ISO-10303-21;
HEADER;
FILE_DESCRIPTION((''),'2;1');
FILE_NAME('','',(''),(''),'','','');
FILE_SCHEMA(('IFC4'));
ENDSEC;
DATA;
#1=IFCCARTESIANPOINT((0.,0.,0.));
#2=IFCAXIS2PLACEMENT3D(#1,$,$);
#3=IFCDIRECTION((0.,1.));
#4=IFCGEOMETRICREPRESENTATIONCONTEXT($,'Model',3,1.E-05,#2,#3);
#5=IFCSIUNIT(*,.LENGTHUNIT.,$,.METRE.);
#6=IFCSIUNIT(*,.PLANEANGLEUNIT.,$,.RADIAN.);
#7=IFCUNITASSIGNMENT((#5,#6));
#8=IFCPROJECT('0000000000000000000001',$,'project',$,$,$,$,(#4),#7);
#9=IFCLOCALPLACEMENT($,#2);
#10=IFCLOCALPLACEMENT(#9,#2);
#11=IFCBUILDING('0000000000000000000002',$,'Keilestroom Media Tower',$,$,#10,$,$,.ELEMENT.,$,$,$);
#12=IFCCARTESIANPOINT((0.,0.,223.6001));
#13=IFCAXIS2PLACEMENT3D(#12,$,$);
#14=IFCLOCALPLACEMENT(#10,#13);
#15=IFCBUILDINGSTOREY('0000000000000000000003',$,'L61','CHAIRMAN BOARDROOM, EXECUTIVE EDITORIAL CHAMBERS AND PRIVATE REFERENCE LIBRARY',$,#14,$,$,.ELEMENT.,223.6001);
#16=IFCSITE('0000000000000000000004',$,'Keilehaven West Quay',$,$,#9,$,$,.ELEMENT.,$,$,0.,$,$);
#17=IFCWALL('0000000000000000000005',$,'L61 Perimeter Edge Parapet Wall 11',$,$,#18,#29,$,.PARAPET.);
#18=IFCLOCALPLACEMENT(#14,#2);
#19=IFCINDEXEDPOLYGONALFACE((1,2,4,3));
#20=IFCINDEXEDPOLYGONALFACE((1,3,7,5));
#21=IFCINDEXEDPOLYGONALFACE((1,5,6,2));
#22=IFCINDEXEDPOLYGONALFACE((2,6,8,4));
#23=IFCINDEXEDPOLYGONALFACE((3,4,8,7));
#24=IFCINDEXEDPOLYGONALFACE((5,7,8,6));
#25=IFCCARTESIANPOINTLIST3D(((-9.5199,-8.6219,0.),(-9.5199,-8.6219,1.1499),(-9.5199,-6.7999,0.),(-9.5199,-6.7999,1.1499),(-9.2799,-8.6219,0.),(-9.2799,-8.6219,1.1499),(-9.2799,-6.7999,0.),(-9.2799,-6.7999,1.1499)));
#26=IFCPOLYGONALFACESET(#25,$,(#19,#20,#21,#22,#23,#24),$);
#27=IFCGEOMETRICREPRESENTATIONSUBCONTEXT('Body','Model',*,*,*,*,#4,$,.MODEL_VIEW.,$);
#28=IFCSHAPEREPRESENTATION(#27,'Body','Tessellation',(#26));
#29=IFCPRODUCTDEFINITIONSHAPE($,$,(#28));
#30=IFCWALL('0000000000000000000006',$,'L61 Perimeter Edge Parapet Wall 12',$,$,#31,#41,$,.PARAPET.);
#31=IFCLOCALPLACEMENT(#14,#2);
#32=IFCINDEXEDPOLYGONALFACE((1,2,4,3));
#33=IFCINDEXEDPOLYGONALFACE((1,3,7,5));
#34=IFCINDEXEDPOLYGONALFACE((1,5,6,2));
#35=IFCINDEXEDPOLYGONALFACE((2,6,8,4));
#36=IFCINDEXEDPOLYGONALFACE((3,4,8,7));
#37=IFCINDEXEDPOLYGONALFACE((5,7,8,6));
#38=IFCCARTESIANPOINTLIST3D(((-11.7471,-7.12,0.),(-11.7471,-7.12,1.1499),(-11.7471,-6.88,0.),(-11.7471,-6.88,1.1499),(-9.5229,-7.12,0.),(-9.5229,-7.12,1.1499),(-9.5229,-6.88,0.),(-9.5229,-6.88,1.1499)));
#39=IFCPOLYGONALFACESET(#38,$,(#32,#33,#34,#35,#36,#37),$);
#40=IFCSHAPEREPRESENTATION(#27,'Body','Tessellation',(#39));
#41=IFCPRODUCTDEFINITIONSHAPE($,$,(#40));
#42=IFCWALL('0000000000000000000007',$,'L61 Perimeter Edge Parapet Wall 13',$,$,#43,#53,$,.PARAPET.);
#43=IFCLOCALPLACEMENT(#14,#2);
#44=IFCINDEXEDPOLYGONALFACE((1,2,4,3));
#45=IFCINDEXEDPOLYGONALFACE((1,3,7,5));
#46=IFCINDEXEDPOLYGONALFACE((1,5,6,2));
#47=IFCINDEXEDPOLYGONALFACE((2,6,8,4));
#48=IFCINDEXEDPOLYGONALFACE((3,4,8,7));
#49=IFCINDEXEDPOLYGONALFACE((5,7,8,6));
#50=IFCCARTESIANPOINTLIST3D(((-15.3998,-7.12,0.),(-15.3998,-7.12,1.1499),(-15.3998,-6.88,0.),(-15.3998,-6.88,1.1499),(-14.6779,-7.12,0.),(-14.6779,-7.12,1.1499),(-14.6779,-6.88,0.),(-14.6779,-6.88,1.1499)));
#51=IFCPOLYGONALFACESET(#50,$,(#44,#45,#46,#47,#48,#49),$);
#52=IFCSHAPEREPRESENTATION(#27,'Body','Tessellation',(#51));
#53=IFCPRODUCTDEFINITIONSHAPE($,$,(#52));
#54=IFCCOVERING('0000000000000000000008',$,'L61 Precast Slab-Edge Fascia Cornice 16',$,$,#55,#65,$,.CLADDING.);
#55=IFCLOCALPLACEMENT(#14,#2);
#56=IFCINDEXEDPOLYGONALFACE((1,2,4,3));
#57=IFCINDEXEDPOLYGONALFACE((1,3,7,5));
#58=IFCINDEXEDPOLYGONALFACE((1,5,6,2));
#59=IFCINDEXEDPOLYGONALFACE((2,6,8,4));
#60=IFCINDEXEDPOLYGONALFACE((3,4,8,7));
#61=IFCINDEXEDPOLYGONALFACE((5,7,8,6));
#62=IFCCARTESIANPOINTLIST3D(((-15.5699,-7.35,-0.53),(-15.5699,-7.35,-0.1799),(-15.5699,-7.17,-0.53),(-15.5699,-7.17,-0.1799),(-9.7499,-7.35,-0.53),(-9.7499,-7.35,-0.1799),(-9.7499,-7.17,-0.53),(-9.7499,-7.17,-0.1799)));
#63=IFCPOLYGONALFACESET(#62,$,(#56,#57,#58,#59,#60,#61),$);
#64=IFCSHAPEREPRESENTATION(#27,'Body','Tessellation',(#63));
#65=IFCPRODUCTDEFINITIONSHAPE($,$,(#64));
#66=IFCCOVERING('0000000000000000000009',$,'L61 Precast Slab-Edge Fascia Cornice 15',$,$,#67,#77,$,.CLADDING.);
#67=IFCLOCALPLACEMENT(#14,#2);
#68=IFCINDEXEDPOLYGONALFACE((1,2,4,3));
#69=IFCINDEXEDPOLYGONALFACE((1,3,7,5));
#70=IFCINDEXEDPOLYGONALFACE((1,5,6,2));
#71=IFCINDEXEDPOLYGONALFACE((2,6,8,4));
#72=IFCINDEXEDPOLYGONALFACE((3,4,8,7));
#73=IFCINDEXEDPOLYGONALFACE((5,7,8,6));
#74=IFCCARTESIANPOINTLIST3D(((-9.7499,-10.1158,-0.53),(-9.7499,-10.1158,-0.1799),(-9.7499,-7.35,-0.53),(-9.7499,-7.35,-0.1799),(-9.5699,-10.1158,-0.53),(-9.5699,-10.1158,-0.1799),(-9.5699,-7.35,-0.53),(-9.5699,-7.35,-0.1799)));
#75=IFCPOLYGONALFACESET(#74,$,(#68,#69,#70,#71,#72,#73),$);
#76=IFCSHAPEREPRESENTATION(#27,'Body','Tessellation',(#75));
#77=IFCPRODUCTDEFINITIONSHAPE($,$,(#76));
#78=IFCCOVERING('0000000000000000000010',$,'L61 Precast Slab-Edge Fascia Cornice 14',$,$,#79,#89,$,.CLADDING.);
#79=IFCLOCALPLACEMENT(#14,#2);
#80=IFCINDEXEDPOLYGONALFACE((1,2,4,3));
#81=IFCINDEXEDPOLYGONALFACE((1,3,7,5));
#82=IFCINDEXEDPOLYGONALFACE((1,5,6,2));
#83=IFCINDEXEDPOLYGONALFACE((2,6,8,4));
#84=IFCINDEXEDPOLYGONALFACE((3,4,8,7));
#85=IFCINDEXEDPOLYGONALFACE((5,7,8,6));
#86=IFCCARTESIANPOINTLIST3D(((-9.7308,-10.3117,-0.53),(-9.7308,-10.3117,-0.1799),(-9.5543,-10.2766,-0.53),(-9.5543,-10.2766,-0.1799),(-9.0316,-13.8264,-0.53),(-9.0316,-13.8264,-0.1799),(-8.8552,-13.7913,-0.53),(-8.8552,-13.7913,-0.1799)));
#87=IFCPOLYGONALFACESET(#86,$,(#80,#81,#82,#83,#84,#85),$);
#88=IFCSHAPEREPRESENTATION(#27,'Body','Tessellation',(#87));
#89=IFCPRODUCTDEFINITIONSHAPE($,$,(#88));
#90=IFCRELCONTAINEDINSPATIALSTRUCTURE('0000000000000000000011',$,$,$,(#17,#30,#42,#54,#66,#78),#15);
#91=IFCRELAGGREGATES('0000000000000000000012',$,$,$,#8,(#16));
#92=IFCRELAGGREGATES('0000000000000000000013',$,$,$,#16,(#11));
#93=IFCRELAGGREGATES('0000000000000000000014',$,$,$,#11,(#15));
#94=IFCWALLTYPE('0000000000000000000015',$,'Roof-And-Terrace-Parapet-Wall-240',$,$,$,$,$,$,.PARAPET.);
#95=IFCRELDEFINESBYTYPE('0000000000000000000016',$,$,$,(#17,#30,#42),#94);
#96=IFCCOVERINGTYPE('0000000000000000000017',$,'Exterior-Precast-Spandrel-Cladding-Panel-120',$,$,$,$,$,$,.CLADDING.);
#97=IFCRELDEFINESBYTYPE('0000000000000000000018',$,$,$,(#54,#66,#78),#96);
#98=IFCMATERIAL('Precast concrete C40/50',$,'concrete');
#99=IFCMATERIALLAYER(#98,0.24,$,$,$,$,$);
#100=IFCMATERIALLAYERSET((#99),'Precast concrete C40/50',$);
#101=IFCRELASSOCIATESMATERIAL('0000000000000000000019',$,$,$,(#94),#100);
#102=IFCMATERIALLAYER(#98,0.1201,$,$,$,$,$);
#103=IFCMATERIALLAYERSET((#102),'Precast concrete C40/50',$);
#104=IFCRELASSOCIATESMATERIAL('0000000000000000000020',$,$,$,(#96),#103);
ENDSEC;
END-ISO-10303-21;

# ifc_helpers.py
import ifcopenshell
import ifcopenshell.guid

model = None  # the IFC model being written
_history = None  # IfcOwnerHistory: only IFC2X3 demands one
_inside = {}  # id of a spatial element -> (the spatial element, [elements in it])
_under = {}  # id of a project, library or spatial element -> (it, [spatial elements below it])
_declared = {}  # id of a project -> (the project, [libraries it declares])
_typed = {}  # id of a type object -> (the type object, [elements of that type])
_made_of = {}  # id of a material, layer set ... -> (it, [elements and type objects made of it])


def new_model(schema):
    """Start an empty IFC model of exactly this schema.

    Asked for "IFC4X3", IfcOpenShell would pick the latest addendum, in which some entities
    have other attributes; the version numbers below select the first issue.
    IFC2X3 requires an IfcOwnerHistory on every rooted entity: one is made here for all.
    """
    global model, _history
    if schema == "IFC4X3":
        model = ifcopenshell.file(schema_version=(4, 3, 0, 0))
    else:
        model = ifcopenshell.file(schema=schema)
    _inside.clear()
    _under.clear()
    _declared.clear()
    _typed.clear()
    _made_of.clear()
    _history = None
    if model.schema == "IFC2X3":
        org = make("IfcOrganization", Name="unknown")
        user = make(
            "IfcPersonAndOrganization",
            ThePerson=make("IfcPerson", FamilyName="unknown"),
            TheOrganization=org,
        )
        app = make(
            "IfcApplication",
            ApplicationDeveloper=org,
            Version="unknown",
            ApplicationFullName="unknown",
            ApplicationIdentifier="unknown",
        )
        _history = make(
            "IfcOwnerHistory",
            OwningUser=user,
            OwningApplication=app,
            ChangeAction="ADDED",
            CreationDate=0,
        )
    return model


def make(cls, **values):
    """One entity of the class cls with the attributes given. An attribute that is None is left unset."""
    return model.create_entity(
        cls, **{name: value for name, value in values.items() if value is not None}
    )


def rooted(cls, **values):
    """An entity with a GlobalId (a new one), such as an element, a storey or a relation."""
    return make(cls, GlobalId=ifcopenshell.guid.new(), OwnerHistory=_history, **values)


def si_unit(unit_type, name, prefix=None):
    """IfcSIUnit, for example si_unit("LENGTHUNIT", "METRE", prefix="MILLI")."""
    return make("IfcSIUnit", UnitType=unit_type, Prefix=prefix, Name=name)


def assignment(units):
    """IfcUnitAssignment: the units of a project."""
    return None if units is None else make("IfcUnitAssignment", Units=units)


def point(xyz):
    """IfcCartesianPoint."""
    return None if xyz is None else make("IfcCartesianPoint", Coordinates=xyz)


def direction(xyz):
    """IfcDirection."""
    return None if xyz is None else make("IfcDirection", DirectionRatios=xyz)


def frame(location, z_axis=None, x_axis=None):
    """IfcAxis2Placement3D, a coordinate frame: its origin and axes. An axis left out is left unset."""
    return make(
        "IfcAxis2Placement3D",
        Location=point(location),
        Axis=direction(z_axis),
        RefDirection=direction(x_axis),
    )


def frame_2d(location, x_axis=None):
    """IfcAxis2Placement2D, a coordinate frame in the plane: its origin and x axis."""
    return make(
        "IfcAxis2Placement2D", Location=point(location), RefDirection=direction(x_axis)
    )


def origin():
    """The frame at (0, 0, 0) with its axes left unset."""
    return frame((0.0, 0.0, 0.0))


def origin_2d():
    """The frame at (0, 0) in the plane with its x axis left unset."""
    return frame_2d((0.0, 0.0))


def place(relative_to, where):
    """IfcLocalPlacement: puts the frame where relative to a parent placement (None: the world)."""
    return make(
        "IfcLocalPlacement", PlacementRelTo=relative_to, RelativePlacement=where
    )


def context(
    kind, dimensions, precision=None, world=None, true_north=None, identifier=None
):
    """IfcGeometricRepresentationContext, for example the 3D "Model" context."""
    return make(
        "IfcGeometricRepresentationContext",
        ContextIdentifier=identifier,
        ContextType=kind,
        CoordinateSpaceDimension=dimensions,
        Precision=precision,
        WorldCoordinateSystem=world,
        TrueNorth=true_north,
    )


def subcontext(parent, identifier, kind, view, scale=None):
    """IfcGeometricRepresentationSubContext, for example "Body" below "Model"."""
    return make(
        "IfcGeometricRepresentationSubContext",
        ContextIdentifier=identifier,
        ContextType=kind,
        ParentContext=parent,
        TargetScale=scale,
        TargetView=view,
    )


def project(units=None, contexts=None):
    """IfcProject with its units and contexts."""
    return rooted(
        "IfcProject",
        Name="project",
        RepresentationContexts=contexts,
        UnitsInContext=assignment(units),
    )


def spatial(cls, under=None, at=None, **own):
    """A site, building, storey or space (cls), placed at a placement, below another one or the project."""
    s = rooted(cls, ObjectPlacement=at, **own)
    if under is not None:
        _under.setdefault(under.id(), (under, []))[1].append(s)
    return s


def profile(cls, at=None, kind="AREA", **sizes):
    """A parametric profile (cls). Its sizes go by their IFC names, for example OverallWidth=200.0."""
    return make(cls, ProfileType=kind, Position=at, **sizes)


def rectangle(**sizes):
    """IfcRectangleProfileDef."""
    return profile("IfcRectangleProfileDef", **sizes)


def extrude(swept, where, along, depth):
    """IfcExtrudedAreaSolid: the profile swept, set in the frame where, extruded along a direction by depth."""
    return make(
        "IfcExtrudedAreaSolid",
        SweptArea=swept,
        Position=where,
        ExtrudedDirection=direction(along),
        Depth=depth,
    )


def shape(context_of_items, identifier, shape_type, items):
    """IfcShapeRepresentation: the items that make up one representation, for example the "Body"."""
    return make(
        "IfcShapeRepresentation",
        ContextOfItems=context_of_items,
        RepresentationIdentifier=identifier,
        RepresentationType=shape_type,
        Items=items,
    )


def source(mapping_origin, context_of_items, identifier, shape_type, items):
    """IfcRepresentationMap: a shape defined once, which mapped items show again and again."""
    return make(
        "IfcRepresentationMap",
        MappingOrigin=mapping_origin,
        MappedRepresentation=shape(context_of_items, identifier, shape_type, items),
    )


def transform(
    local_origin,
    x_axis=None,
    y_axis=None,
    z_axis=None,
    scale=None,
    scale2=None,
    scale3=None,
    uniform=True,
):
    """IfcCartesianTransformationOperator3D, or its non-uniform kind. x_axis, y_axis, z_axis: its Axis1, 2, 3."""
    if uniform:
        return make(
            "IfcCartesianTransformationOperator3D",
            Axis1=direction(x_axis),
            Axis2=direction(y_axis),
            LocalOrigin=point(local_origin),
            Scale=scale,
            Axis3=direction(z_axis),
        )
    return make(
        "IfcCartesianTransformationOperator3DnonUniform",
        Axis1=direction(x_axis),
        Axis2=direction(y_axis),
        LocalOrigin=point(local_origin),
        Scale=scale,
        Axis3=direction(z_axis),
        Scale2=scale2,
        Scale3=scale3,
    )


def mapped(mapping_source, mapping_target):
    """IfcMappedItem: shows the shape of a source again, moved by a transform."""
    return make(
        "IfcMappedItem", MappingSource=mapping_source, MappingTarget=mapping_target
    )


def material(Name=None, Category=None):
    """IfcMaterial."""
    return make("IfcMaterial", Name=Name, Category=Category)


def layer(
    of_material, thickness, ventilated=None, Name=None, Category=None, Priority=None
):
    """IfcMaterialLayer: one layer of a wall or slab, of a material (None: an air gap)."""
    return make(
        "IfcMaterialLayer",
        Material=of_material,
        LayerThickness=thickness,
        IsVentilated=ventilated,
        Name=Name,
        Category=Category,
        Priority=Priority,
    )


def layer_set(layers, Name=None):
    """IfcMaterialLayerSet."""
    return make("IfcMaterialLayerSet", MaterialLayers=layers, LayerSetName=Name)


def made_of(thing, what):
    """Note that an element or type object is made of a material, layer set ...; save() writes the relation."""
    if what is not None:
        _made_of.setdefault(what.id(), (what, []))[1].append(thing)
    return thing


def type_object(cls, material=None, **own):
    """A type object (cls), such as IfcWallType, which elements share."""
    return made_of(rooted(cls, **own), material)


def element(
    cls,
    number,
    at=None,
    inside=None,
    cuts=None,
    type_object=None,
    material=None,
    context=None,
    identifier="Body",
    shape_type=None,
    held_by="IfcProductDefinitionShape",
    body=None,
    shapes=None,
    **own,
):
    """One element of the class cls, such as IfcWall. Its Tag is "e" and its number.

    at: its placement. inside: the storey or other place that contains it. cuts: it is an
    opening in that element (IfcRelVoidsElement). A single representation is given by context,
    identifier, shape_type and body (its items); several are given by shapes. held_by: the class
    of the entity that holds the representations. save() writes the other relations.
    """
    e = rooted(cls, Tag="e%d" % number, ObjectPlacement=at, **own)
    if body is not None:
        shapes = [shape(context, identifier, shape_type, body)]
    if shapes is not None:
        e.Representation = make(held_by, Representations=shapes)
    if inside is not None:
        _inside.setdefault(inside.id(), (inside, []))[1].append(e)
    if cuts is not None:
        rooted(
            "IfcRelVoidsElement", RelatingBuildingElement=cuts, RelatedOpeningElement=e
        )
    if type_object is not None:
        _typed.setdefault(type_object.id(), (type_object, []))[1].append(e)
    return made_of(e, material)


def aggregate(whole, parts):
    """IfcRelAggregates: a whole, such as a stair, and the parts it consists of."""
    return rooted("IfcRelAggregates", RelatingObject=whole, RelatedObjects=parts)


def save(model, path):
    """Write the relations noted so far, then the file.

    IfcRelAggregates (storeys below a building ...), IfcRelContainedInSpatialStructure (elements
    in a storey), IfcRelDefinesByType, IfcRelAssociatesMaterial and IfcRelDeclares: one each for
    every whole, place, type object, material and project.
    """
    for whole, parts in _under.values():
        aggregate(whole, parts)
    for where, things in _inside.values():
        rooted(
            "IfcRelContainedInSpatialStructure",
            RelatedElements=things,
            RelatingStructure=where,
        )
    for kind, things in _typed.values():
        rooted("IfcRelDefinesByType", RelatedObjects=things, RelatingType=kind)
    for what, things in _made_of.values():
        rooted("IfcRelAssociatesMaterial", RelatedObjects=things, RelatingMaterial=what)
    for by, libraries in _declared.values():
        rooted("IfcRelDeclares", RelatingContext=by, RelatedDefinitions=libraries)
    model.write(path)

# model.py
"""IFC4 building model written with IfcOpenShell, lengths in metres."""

from ifc_helpers import new_model, si_unit, direction, frame, frame_2d, origin, origin_2d, place, context, subcontext, project, spatial, rectangle, extrude, source, transform, mapped, material, layer, layer_set, type_object, element, save


model = new_model("IFC4")

# Units and contexts
model_context = context("Model", 3, precision=1e-05, world=origin(), true_north=direction((0.0, 1.0)))
body_context = subcontext(model_context, "Body", "Model", "MODEL_VIEW")
ifc_project = project(units=[si_unit("LENGTHUNIT", "METRE"), si_unit("PLANEANGLEUNIT", "RADIAN")], contexts=[model_context])

# Site, building, storey
site_placement = place(None, origin())
site = spatial("IfcSite", under=ifc_project, at=site_placement, Name="Keilehaven West Quay", CompositionType="ELEMENT", RefElevation=0.0)
building_placement = place(site_placement, origin())
building = spatial("IfcBuilding", under=site, at=building_placement, Name="Keilestroom Media Tower", CompositionType="ELEMENT")
storey_placement = place(building_placement, frame((0.0, 0.0, 223.6001)))
storey = spatial("IfcBuildingStorey", under=building, at=storey_placement, Name="L61", Description="CHAIRMAN BOARDROOM, EXECUTIVE EDITORIAL CHAMBERS AND PRIVATE REFERENCE LIBRARY", CompositionType="ELEMENT", Elevation=223.6001)

# Shared definitions
ifc_material_1 = material(Name="Precast concrete C40/50", Category="concrete")

# Walls
ifc_layer_1 = layer(ifc_material_1, 0.24)
ifc_layer_set_1 = layer_set([ifc_layer_1], Name="Precast concrete C40/50")
wall_type_1 = type_object("IfcWallType", Name="Roof-And-Terrace-Parapet-Wall-240", PredefinedType="PARAPET", material=ifc_layer_set_1)
wall_1_placement = place(storey_placement, frame((-9.3999, -8.6221, 0.0), z_axis=(0.0, 0.0, 1.0), x_axis=(0.0, 1.0, 0.0)))
element("IfcWall", 1, at=wall_1_placement, inside=storey, type_object=wall_type_1, Name="L61 Perimeter Edge Parapet Wall 11", PredefinedType="PARAPET", context=body_context, shape_type="SweptSolid", body=[
    extrude(rectangle(XDim=1.822, YDim=0.24, at=frame_2d((0.9111, 0.0))), origin(), (0.0, 0.0, 1.0), 1.1499),
])
wall_2_placement = place(storey_placement, frame((-9.5229, -7.0, 0.0), z_axis=(0.0, 0.0, 1.0), x_axis=(-1.0, 0.0, 0.0)))
element("IfcWall", 2, at=wall_2_placement, inside=storey, type_object=wall_type_1, Name="L61 Perimeter Edge Parapet Wall 12", PredefinedType="PARAPET", context=body_context, shape_type="SweptSolid", body=[
    extrude(rectangle(XDim=2.2241, YDim=0.24, at=frame_2d((1.1121, 0.0))), origin(), (0.0, 0.0, 1.0), 1.1499),
])
wall_3_placement = place(storey_placement, frame((-14.678, -7.0, 0.0), z_axis=(0.0, 0.0, 1.0), x_axis=(-1.0, 0.0, 0.0)))
element("IfcWall", 3, at=wall_3_placement, inside=storey, type_object=wall_type_1, Name="L61 Perimeter Edge Parapet Wall 13", PredefinedType="PARAPET", context=body_context, shape_type="SweptSolid", body=[
    extrude(rectangle(XDim=0.7219, YDim=0.24, at=frame_2d((0.3608, 0.0))), origin(), (0.0, 0.0, 1.0), 1.1499),
])

# Coverings
ifc_layer_2 = layer(ifc_material_1, 0.1201)
ifc_layer_set_2 = layer_set([ifc_layer_2], Name="Precast concrete C40/50")
covering_type = type_object("IfcCoveringType", Name="Exterior-Precast-Spandrel-Cladding-Panel-120", PredefinedType="CLADDING", material=ifc_layer_set_2)
shared_shape_1 = source(origin(), body_context, "Body", "SweptSolid", [
    extrude(rectangle(XDim=5.8201, YDim=0.1799, at=origin_2d()), origin(), (0.0, 0.0, 1.0), 0.3501),
])
covering_1_placement = place(storey_placement, frame((-12.6599, -7.26, -0.53), z_axis=(0.0, 0.0, 1.0), x_axis=(-1.0, 0.0, 0.0)))
element("IfcCovering", 4, at=covering_1_placement, inside=storey, type_object=covering_type, Name="L61 Precast Slab-Edge Fascia Cornice 16", PredefinedType="CLADDING", context=body_context, shape_type="MappedRepresentation", body=[
    mapped(shared_shape_1, transform((0.0, 0.0, 0.0), x_axis=(1.0, 0.0, 0.0), y_axis=(0.0, 1.0, 0.0), z_axis=(0.0, 0.0, 1.0), scale=1.0)),
])
shared_shape_2 = source(origin(), body_context, "Body", "SweptSolid", [
    extrude(rectangle(XDim=2.7659, YDim=0.1799, at=origin_2d()), origin(), (0.0, 0.0, 1.0), 0.3501),
])
covering_2_placement = place(storey_placement, frame((-9.6599, -8.7329, -0.53), z_axis=(0.0, 0.0, 1.0), x_axis=(0.0, 1.0, 0.0)))
element("IfcCovering", 5, at=covering_2_placement, inside=storey, type_object=covering_type, Name="L61 Precast Slab-Edge Fascia Cornice 15", PredefinedType="CLADDING", context=body_context, shape_type="MappedRepresentation", body=[
    mapped(shared_shape_2, transform((0.0, 0.0, 0.0), x_axis=(1.0, 0.0, 0.0), y_axis=(0.0, 1.0, 0.0), z_axis=(0.0, 0.0, 1.0), scale=1.0)),
])
shared_shape_3 = source(origin(), body_context, "Body", "SweptSolid", [
    extrude(rectangle(XDim=3.5835, YDim=0.1799, at=origin_2d()), origin(), (0.0, 0.0, 1.0), 0.3501),
])
covering_3_placement = place(storey_placement, frame((-9.293, -12.0515, -0.53), z_axis=(0.0, 0.0, 1.0), x_axis=(-0.195099, 0.980784, 0.0)))
element("IfcCovering", 6, at=covering_3_placement, inside=storey, type_object=covering_type, Name="L61 Precast Slab-Edge Fascia Cornice 14", PredefinedType="CLADDING", context=body_context, shape_type="MappedRepresentation", body=[
    mapped(shared_shape_3, transform((0.0, 0.0, 0.0), x_axis=(1.0, 0.0, 0.0), y_axis=(0.0, 1.0, 0.0), z_axis=(0.0, 0.0, 1.0), scale=1.0)),
])

save(model, "model.ifc")
